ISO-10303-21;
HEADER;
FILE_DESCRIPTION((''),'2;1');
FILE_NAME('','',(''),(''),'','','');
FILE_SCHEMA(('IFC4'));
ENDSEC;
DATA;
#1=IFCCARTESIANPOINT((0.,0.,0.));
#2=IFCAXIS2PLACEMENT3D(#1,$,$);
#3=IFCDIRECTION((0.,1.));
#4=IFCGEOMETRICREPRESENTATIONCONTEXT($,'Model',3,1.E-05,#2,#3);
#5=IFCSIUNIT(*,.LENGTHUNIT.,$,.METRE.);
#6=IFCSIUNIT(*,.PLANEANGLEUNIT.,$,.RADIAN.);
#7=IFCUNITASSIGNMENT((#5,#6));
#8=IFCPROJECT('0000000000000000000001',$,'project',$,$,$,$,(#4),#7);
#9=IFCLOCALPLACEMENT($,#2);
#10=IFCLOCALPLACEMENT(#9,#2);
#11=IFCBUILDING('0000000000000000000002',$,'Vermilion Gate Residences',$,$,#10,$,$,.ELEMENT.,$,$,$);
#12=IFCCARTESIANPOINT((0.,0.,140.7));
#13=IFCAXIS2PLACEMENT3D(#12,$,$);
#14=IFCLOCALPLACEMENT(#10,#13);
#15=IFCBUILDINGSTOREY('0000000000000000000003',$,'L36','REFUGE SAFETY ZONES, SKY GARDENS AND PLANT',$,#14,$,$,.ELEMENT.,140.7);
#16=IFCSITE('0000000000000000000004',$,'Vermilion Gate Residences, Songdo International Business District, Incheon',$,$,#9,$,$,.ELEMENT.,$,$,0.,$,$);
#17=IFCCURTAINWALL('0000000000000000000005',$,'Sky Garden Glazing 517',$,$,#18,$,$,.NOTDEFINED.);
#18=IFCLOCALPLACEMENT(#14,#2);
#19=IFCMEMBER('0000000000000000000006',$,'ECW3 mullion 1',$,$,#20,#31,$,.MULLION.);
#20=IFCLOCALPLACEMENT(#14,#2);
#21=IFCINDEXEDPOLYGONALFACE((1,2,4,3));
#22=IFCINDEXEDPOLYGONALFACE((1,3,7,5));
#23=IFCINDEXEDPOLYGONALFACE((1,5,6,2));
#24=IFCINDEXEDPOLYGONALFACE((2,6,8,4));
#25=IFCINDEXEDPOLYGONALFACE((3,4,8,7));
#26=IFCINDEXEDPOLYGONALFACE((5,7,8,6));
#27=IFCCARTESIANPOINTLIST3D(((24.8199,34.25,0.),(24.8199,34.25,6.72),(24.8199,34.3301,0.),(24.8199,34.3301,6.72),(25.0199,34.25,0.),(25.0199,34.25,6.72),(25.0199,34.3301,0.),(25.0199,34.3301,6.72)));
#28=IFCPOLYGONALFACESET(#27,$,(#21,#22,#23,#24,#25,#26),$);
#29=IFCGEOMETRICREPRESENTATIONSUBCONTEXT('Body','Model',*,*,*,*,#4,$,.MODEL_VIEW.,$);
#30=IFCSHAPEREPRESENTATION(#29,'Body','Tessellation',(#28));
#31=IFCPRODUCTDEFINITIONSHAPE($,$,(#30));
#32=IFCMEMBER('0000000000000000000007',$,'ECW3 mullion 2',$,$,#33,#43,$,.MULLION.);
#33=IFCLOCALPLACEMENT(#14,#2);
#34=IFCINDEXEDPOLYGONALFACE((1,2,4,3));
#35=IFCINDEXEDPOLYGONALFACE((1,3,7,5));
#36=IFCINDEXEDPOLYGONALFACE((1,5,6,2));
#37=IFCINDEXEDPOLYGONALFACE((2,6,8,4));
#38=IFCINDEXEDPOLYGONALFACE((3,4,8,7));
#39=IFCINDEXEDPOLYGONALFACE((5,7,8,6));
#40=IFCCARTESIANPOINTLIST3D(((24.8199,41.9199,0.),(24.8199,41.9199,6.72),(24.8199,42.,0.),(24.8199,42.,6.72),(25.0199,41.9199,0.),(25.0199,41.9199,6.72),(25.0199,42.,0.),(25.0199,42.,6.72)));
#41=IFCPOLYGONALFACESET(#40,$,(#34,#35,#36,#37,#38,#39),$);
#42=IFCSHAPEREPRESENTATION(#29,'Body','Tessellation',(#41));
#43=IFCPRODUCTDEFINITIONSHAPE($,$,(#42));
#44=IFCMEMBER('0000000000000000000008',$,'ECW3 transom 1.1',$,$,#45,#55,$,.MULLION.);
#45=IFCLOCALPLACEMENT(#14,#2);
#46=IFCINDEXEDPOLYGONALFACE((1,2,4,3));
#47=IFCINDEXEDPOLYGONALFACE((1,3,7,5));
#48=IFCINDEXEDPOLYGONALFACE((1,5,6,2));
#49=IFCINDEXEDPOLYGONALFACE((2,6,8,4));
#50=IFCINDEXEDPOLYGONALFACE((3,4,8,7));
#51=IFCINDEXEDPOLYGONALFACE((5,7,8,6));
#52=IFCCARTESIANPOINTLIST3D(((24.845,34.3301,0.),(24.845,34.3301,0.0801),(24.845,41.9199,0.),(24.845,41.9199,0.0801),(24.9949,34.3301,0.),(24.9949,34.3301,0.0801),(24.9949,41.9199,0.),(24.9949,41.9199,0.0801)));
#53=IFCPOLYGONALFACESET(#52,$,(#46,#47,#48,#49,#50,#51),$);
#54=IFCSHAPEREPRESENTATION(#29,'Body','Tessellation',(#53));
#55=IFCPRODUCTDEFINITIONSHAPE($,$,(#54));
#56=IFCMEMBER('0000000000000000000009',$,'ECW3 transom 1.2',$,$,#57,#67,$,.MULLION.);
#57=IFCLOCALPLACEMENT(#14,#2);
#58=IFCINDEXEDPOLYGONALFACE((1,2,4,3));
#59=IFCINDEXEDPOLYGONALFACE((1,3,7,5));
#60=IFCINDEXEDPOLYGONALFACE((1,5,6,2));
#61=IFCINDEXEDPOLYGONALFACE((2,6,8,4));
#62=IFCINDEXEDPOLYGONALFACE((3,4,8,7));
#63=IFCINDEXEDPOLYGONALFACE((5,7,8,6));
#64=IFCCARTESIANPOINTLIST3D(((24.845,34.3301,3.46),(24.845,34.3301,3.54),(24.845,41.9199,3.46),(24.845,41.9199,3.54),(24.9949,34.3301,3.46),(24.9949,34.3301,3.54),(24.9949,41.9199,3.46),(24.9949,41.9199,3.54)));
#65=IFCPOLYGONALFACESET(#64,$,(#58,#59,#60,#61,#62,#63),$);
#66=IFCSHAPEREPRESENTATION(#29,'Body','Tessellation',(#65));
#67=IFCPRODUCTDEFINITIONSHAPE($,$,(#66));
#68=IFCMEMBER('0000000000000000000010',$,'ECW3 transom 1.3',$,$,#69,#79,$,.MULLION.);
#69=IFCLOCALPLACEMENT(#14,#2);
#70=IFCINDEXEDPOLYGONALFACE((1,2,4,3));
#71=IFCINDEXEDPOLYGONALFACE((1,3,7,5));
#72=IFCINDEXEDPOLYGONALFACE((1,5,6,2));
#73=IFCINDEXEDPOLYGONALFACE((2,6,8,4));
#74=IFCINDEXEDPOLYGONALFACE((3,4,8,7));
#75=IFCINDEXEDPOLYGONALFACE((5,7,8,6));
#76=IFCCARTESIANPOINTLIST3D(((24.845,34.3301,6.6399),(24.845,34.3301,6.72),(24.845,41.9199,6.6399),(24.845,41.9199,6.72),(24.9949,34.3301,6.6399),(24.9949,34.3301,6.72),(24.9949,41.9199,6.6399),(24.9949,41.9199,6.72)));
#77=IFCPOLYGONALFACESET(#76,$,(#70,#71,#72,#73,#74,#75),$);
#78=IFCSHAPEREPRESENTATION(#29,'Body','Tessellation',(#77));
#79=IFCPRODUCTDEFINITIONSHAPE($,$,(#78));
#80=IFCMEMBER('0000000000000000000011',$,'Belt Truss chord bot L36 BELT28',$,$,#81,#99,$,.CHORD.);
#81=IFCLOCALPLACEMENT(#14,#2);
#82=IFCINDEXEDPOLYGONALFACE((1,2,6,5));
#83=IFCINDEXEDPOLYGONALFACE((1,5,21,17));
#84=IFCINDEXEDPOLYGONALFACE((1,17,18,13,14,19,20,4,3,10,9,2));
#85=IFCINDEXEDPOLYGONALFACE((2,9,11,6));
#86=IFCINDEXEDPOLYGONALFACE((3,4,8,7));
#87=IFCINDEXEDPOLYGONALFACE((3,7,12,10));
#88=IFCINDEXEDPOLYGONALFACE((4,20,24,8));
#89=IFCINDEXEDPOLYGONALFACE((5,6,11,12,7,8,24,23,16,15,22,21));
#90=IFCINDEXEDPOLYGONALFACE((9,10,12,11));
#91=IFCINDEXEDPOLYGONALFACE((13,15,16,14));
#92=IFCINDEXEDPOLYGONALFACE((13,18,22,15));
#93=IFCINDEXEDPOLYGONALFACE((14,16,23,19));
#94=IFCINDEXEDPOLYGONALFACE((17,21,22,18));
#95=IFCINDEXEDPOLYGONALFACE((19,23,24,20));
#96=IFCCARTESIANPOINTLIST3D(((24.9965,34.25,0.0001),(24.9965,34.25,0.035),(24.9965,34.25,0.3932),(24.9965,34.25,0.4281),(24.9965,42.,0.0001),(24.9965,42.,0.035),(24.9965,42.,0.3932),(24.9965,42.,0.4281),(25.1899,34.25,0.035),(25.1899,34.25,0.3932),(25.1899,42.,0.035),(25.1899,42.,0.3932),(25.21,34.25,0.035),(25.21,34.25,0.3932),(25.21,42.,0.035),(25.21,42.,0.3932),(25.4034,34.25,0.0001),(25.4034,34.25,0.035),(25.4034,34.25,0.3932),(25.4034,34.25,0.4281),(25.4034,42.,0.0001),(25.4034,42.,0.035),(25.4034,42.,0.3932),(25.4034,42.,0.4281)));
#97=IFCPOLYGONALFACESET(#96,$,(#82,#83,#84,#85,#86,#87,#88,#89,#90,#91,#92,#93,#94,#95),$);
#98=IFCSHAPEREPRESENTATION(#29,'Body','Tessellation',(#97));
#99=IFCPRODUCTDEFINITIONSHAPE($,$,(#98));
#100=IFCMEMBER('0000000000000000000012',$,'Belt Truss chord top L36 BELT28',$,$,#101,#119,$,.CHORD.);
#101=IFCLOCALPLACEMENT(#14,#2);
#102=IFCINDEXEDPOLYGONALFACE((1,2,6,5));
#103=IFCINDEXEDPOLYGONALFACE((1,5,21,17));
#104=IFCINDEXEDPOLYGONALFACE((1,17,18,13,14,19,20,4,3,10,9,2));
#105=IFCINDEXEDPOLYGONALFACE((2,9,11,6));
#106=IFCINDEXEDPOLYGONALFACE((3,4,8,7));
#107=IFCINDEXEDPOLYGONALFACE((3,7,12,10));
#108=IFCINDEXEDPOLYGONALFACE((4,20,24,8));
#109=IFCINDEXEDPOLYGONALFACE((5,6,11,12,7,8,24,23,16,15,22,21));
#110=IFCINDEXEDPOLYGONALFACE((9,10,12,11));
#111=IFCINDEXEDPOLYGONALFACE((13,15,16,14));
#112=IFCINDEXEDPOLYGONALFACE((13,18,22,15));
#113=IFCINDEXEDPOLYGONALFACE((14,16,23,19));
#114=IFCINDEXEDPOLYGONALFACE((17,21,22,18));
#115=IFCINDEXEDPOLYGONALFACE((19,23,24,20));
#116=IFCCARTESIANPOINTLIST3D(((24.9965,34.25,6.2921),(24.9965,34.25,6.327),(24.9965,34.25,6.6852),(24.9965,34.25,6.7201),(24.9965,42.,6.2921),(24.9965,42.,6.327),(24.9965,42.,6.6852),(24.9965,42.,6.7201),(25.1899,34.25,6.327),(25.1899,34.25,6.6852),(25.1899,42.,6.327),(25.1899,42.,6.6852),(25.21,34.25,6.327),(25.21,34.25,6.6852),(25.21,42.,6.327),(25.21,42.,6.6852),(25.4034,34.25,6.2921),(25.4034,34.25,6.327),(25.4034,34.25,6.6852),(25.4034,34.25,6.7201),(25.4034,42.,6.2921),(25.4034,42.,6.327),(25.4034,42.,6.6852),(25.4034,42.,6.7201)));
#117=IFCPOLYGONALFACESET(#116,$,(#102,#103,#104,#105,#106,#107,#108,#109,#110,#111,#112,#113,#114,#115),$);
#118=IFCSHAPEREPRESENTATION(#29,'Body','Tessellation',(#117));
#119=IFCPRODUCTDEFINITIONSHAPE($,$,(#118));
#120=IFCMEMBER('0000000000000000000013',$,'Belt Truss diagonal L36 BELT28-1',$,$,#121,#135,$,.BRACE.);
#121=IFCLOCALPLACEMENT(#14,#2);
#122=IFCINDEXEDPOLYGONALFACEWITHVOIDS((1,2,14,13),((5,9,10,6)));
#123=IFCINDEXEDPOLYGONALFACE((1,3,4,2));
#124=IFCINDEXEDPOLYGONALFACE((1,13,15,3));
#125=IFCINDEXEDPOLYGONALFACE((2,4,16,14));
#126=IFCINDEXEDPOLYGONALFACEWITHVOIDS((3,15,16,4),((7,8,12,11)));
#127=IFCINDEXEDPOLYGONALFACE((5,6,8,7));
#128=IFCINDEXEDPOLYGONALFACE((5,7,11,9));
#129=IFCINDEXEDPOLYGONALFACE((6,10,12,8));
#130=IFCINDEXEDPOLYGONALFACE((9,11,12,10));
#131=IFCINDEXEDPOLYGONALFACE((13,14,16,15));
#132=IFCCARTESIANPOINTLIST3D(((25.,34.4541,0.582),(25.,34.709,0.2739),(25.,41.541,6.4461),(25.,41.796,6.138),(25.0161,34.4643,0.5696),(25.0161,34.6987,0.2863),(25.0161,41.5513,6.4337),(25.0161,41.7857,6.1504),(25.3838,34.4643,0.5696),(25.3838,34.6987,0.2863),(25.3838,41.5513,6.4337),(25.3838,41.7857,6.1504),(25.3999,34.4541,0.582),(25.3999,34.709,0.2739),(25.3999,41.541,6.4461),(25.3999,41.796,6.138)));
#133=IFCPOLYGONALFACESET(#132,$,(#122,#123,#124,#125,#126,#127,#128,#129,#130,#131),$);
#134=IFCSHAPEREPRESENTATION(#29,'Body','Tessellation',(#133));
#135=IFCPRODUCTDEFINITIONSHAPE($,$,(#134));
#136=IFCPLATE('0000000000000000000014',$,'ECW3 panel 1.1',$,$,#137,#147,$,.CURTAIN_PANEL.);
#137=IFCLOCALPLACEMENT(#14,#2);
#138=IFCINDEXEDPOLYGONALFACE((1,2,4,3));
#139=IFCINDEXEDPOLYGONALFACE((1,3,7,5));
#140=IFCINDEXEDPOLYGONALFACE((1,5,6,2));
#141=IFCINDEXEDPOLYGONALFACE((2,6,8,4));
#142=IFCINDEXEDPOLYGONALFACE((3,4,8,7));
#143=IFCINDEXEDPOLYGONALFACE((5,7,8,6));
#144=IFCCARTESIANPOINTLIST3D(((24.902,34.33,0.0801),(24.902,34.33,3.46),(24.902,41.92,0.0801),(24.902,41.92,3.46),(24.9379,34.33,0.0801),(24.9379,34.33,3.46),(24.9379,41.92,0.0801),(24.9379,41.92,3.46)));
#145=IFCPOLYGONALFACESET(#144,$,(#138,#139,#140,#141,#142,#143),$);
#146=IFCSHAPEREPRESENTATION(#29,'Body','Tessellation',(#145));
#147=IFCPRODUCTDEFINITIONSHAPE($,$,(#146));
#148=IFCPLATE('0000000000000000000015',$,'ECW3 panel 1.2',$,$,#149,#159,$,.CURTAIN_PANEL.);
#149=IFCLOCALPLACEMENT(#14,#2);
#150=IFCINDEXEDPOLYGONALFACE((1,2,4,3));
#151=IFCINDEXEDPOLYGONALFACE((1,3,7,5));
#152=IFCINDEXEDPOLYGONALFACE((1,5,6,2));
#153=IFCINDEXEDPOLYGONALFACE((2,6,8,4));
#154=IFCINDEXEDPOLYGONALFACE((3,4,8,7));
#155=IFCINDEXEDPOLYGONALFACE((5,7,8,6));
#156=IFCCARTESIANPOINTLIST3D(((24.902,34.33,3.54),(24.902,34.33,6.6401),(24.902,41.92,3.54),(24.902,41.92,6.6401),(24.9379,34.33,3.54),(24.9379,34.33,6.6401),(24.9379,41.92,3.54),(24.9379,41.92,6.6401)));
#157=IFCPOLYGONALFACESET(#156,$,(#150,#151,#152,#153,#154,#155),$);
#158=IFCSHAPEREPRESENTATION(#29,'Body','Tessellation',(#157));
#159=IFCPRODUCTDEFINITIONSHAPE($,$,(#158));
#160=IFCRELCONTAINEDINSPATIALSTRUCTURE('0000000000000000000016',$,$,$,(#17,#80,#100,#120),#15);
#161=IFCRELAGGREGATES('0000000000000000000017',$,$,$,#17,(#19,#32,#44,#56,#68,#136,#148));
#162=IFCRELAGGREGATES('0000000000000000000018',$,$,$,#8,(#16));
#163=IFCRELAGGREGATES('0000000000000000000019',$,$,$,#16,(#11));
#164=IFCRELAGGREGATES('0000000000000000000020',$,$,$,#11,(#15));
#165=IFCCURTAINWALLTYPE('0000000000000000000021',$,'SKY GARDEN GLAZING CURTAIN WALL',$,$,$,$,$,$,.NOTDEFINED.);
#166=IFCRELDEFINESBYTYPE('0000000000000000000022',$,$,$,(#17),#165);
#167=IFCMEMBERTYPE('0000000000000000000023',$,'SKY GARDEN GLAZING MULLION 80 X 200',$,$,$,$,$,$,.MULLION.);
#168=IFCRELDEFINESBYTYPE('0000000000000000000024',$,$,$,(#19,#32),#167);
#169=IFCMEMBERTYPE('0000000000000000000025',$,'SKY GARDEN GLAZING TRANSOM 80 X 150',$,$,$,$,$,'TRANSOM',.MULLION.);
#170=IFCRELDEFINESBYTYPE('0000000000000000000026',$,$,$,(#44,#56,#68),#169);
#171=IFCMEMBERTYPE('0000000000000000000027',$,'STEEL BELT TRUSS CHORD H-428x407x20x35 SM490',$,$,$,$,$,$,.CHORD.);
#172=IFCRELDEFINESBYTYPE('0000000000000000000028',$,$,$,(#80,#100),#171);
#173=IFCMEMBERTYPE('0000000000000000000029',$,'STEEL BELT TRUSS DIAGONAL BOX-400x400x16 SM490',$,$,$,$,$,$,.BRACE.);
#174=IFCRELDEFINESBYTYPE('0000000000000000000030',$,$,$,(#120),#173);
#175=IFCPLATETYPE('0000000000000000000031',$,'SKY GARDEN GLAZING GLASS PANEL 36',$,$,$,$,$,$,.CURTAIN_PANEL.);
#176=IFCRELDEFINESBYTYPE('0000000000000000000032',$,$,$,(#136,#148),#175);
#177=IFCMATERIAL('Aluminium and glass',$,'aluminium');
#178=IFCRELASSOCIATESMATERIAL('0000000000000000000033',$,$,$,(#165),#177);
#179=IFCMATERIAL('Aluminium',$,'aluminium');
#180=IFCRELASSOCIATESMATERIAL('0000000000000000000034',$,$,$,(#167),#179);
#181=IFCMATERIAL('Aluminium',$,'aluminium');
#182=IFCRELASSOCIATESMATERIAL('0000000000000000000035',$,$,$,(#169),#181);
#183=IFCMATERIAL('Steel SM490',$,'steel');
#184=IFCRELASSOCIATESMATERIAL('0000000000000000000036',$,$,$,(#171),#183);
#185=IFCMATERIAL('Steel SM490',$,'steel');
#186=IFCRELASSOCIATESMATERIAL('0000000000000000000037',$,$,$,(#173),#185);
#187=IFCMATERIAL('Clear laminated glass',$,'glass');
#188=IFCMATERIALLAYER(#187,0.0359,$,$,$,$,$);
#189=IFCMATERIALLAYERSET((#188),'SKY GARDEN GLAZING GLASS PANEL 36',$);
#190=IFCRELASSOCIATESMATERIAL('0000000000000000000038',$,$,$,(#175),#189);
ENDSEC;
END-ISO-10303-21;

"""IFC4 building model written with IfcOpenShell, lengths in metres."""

from ifc_helpers import new_model, si_unit, direction, frame, origin, origin_2d, place, context, subcontext, project, spatial, rectangle, hollow_rectangle, i_section, extrude, material, layer, layer_set, material_profile, profile_set, type_object, element, aggregate, save


model = new_model("IFC4")

# Units and contexts
model_context = context("Model", 3, precision=1e-05, world=origin(), true_north=direction((0.0, 1.0)))
body_context = subcontext(model_context, "Body", "Model", "MODEL_VIEW")
ifc_project = project(units=[si_unit("LENGTHUNIT", "METRE"), si_unit("PLANEANGLEUNIT", "RADIAN")], contexts=[model_context])

# Site, building, storey
site_placement = place(None, origin())
site = spatial("IfcSite", under=ifc_project, at=site_placement, Name="Vermilion Gate Residences, Songdo International Business District, Incheon", CompositionType="ELEMENT", RefElevation=0.0)
building_placement = place(site_placement, origin())
building = spatial("IfcBuilding", under=site, at=building_placement, Name="Vermilion Gate Residences", CompositionType="ELEMENT")
storey_placement = place(building_placement, frame((0.0, 0.0, 140.7)))
storey = spatial("IfcBuildingStorey", under=building, at=storey_placement, Name="L36", Description="REFUGE SAFETY ZONES, SKY GARDENS AND PLANT", CompositionType="ELEMENT", Elevation=140.7)

# Curtain wall, members
ifc_material_1 = material(Name="Aluminium and glass", Category="aluminium")
curtain_wall_type = type_object("IfcCurtainWallType", Name="SKY GARDEN GLAZING CURTAIN WALL", PredefinedType="NOTDEFINED", material=ifc_material_1)
curtain_wall_placement = place(storey_placement, origin())
curtain_wall = element("IfcCurtainWall", 1, at=curtain_wall_placement, inside=storey, type_object=curtain_wall_type, Name="Sky Garden Glazing 517", PredefinedType="NOTDEFINED")
ifc_material_2 = material(Name="Aluminium", Category="aluminium")
ifc_material_profile_1 = material_profile(ifc_material_2, rectangle(XDim=0.2, YDim=0.0801, at=origin_2d()), Name="MULLION 80 X 200")
ifc_profile_set_1 = profile_set([ifc_material_profile_1], Name="Aluminium")
member_type_1 = type_object("IfcMemberType", Name="SKY GARDEN GLAZING MULLION 80 X 200", PredefinedType="MULLION", material=ifc_profile_set_1)
member_1_placement = place(storey_placement, frame((24.9199, 34.29, 0.0), z_axis=(0.0, 0.0, 1.0), x_axis=(-1.0, 0.0, 0.0)))
member_1 = element("IfcMember", 2, at=member_1_placement, type_object=member_type_1, Name="ECW3 mullion 1", PredefinedType="MULLION", context=body_context, shape_type="SweptSolid", body=[
    extrude(rectangle(XDim=0.2, YDim=0.0801, at=origin_2d()), origin(), (0.0, 0.0, 1.0), 6.72),
])
member_2_placement = place(storey_placement, frame((24.9199, 41.96, 0.0), z_axis=(0.0, 0.0, 1.0), x_axis=(-1.0, 0.0, 0.0)))
member_2 = element("IfcMember", 3, at=member_2_placement, type_object=member_type_1, Name="ECW3 mullion 2", PredefinedType="MULLION", context=body_context, shape_type="SweptSolid", body=[
    extrude(rectangle(XDim=0.2, YDim=0.0801, at=origin_2d()), origin(), (0.0, 0.0, 1.0), 6.72),
])
ifc_material_3 = material(Name="Aluminium", Category="aluminium")
ifc_material_profile_2 = material_profile(ifc_material_3, rectangle(XDim=0.1499, YDim=0.0801, at=origin_2d()), Name="TRANSOM 80 X 150")
ifc_profile_set_2 = profile_set([ifc_material_profile_2], Name="Aluminium")
member_type_2 = type_object("IfcMemberType", Name="SKY GARDEN GLAZING TRANSOM 80 X 150", ElementType="TRANSOM", PredefinedType="MULLION", material=ifc_profile_set_2)
member_3_placement = place(storey_placement, frame((24.9199, 34.3301, 0.04), z_axis=(0.0, 1.0, 0.0), x_axis=(-1.0, 0.0, 0.0)))
member_3 = element("IfcMember", 4, at=member_3_placement, type_object=member_type_2, Name="ECW3 transom 1.1", PredefinedType="MULLION", context=body_context, shape_type="SweptSolid", body=[
    extrude(rectangle(XDim=0.1499, YDim=0.0801, at=origin_2d()), origin(), (0.0, 0.0, 1.0), 7.5898),
])
member_4_placement = place(storey_placement, frame((24.9199, 34.3301, 3.5), z_axis=(0.0, 1.0, 0.0), x_axis=(-1.0, 0.0, 0.0)))
member_4 = element("IfcMember", 5, at=member_4_placement, type_object=member_type_2, Name="ECW3 transom 1.2", PredefinedType="MULLION", context=body_context, shape_type="SweptSolid", body=[
    extrude(rectangle(XDim=0.1499, YDim=0.0801, at=origin_2d()), origin(), (0.0, 0.0, 1.0), 7.5898),
])
member_5_placement = place(storey_placement, frame((24.9199, 34.3301, 6.6799), z_axis=(0.0, 1.0, 0.0), x_axis=(-1.0, 0.0, 0.0)))
member_5 = element("IfcMember", 6, at=member_5_placement, type_object=member_type_2, Name="ECW3 transom 1.3", PredefinedType="MULLION", context=body_context, shape_type="SweptSolid", body=[
    extrude(rectangle(XDim=0.1499, YDim=0.0801, at=origin_2d()), origin(), (0.0, 0.0, 1.0), 7.5898),
])

# Members
ifc_material_4 = material(Name="Steel SM490", Category="steel")
ifc_material_profile_3 = material_profile(ifc_material_4, i_section(OverallWidth=0.407, OverallDepth=0.428, WebThickness=0.02, FlangeThickness=0.0349, at=origin_2d()), Name="H-428x407x20x35")
ifc_profile_set_3 = profile_set([ifc_material_profile_3], Name="Steel SM490")
member_type_3 = type_object("IfcMemberType", Name="STEEL BELT TRUSS CHORD H-428x407x20x35 SM490", PredefinedType="CHORD", material=ifc_profile_set_3)
for number, where, z_axis, x_axis, name in (
    (7, (25.2, 34.25, 0.2141), (0.0, 1.0, 0.0), (-1.0, 0.0, 0.0), "Belt Truss chord bot L36 BELT28"),
    (8, (25.2, 34.25, 6.5061), (0.0, 1.0, 0.0), (-1.0, 0.0, 0.0), "Belt Truss chord top L36 BELT28"),
):
    element("IfcMember", number, at=place(storey_placement, frame(where, z_axis=z_axis, x_axis=x_axis)), inside=storey, type_object=member_type_3, Name=name, PredefinedType="CHORD", context=body_context, shape_type="SweptSolid", body=[
        extrude(i_section(OverallWidth=0.407, OverallDepth=0.428, WebThickness=0.02, FlangeThickness=0.0349, at=origin_2d()), origin(), (0.0, 0.0, 1.0), 7.75),
    ])
ifc_material_5 = material(Name="Steel SM490", Category="steel")
ifc_material_profile_4 = material_profile(ifc_material_5, hollow_rectangle(XDim=0.3999, YDim=0.3999, WallThickness=0.0161, at=origin_2d()), Name="BOX-400x400x16")
ifc_profile_set_4 = profile_set([ifc_material_profile_4], Name="Steel SM490")
member_type_4 = type_object("IfcMemberType", Name="STEEL BELT TRUSS DIAGONAL BOX-400x400x16 SM490", PredefinedType="BRACE", material=ifc_profile_set_4)
member_6_placement = place(storey_placement, frame((25.2, 34.5815, 0.428), z_axis=(0.0, 0.770449, 0.637502), x_axis=(-1.0, 0.0, 0.0)))
element("IfcMember", 9, at=member_6_placement, inside=storey, type_object=member_type_4, Name="Belt Truss diagonal L36 BELT28-1", PredefinedType="BRACE", context=body_context, shape_type="SweptSolid", body=[
    extrude(hollow_rectangle(XDim=0.3999, YDim=0.3999, WallThickness=0.0161, at=origin_2d()), origin(), (0.0, 0.0, 1.0), 9.1985),
])

# Plates
ifc_material_6 = material(Name="Clear laminated glass", Category="glass")
ifc_layer_1 = layer(ifc_material_6, 0.0359)
ifc_layer_set_1 = layer_set([ifc_layer_1], Name="SKY GARDEN GLAZING GLASS PANEL 36")
plate_type = type_object("IfcPlateType", Name="SKY GARDEN GLAZING GLASS PANEL 36", PredefinedType="CURTAIN_PANEL", material=ifc_layer_set_1)
plate_1_placement = place(storey_placement, frame((24.9199, 38.125, 0.0801), z_axis=(0.0, 0.0, 1.0), x_axis=(0.0, 1.0, 0.0)))
plate_1 = element("IfcPlate", 10, at=plate_1_placement, type_object=plate_type, Name="ECW3 panel 1.1", PredefinedType="CURTAIN_PANEL", context=body_context, shape_type="SweptSolid", body=[
    extrude(rectangle(XDim=7.5901, YDim=0.0359, at=origin_2d()), origin(), (0.0, 0.0, 1.0), 3.3799),
])
plate_2_placement = place(storey_placement, frame((24.9199, 38.125, 3.54), z_axis=(0.0, 0.0, 1.0), x_axis=(0.0, 1.0, 0.0)))
plate_2 = element("IfcPlate", 11, at=plate_2_placement, type_object=plate_type, Name="ECW3 panel 1.2", PredefinedType="CURTAIN_PANEL", context=body_context, shape_type="SweptSolid", body=[
    extrude(rectangle(XDim=7.5901, YDim=0.0359, at=origin_2d()), origin(), (0.0, 0.0, 1.0), 3.1001),
])
aggregate(curtain_wall, [member_1, member_2, member_3, member_4, member_5, plate_1, plate_2])

save(model, "model.ifc")
